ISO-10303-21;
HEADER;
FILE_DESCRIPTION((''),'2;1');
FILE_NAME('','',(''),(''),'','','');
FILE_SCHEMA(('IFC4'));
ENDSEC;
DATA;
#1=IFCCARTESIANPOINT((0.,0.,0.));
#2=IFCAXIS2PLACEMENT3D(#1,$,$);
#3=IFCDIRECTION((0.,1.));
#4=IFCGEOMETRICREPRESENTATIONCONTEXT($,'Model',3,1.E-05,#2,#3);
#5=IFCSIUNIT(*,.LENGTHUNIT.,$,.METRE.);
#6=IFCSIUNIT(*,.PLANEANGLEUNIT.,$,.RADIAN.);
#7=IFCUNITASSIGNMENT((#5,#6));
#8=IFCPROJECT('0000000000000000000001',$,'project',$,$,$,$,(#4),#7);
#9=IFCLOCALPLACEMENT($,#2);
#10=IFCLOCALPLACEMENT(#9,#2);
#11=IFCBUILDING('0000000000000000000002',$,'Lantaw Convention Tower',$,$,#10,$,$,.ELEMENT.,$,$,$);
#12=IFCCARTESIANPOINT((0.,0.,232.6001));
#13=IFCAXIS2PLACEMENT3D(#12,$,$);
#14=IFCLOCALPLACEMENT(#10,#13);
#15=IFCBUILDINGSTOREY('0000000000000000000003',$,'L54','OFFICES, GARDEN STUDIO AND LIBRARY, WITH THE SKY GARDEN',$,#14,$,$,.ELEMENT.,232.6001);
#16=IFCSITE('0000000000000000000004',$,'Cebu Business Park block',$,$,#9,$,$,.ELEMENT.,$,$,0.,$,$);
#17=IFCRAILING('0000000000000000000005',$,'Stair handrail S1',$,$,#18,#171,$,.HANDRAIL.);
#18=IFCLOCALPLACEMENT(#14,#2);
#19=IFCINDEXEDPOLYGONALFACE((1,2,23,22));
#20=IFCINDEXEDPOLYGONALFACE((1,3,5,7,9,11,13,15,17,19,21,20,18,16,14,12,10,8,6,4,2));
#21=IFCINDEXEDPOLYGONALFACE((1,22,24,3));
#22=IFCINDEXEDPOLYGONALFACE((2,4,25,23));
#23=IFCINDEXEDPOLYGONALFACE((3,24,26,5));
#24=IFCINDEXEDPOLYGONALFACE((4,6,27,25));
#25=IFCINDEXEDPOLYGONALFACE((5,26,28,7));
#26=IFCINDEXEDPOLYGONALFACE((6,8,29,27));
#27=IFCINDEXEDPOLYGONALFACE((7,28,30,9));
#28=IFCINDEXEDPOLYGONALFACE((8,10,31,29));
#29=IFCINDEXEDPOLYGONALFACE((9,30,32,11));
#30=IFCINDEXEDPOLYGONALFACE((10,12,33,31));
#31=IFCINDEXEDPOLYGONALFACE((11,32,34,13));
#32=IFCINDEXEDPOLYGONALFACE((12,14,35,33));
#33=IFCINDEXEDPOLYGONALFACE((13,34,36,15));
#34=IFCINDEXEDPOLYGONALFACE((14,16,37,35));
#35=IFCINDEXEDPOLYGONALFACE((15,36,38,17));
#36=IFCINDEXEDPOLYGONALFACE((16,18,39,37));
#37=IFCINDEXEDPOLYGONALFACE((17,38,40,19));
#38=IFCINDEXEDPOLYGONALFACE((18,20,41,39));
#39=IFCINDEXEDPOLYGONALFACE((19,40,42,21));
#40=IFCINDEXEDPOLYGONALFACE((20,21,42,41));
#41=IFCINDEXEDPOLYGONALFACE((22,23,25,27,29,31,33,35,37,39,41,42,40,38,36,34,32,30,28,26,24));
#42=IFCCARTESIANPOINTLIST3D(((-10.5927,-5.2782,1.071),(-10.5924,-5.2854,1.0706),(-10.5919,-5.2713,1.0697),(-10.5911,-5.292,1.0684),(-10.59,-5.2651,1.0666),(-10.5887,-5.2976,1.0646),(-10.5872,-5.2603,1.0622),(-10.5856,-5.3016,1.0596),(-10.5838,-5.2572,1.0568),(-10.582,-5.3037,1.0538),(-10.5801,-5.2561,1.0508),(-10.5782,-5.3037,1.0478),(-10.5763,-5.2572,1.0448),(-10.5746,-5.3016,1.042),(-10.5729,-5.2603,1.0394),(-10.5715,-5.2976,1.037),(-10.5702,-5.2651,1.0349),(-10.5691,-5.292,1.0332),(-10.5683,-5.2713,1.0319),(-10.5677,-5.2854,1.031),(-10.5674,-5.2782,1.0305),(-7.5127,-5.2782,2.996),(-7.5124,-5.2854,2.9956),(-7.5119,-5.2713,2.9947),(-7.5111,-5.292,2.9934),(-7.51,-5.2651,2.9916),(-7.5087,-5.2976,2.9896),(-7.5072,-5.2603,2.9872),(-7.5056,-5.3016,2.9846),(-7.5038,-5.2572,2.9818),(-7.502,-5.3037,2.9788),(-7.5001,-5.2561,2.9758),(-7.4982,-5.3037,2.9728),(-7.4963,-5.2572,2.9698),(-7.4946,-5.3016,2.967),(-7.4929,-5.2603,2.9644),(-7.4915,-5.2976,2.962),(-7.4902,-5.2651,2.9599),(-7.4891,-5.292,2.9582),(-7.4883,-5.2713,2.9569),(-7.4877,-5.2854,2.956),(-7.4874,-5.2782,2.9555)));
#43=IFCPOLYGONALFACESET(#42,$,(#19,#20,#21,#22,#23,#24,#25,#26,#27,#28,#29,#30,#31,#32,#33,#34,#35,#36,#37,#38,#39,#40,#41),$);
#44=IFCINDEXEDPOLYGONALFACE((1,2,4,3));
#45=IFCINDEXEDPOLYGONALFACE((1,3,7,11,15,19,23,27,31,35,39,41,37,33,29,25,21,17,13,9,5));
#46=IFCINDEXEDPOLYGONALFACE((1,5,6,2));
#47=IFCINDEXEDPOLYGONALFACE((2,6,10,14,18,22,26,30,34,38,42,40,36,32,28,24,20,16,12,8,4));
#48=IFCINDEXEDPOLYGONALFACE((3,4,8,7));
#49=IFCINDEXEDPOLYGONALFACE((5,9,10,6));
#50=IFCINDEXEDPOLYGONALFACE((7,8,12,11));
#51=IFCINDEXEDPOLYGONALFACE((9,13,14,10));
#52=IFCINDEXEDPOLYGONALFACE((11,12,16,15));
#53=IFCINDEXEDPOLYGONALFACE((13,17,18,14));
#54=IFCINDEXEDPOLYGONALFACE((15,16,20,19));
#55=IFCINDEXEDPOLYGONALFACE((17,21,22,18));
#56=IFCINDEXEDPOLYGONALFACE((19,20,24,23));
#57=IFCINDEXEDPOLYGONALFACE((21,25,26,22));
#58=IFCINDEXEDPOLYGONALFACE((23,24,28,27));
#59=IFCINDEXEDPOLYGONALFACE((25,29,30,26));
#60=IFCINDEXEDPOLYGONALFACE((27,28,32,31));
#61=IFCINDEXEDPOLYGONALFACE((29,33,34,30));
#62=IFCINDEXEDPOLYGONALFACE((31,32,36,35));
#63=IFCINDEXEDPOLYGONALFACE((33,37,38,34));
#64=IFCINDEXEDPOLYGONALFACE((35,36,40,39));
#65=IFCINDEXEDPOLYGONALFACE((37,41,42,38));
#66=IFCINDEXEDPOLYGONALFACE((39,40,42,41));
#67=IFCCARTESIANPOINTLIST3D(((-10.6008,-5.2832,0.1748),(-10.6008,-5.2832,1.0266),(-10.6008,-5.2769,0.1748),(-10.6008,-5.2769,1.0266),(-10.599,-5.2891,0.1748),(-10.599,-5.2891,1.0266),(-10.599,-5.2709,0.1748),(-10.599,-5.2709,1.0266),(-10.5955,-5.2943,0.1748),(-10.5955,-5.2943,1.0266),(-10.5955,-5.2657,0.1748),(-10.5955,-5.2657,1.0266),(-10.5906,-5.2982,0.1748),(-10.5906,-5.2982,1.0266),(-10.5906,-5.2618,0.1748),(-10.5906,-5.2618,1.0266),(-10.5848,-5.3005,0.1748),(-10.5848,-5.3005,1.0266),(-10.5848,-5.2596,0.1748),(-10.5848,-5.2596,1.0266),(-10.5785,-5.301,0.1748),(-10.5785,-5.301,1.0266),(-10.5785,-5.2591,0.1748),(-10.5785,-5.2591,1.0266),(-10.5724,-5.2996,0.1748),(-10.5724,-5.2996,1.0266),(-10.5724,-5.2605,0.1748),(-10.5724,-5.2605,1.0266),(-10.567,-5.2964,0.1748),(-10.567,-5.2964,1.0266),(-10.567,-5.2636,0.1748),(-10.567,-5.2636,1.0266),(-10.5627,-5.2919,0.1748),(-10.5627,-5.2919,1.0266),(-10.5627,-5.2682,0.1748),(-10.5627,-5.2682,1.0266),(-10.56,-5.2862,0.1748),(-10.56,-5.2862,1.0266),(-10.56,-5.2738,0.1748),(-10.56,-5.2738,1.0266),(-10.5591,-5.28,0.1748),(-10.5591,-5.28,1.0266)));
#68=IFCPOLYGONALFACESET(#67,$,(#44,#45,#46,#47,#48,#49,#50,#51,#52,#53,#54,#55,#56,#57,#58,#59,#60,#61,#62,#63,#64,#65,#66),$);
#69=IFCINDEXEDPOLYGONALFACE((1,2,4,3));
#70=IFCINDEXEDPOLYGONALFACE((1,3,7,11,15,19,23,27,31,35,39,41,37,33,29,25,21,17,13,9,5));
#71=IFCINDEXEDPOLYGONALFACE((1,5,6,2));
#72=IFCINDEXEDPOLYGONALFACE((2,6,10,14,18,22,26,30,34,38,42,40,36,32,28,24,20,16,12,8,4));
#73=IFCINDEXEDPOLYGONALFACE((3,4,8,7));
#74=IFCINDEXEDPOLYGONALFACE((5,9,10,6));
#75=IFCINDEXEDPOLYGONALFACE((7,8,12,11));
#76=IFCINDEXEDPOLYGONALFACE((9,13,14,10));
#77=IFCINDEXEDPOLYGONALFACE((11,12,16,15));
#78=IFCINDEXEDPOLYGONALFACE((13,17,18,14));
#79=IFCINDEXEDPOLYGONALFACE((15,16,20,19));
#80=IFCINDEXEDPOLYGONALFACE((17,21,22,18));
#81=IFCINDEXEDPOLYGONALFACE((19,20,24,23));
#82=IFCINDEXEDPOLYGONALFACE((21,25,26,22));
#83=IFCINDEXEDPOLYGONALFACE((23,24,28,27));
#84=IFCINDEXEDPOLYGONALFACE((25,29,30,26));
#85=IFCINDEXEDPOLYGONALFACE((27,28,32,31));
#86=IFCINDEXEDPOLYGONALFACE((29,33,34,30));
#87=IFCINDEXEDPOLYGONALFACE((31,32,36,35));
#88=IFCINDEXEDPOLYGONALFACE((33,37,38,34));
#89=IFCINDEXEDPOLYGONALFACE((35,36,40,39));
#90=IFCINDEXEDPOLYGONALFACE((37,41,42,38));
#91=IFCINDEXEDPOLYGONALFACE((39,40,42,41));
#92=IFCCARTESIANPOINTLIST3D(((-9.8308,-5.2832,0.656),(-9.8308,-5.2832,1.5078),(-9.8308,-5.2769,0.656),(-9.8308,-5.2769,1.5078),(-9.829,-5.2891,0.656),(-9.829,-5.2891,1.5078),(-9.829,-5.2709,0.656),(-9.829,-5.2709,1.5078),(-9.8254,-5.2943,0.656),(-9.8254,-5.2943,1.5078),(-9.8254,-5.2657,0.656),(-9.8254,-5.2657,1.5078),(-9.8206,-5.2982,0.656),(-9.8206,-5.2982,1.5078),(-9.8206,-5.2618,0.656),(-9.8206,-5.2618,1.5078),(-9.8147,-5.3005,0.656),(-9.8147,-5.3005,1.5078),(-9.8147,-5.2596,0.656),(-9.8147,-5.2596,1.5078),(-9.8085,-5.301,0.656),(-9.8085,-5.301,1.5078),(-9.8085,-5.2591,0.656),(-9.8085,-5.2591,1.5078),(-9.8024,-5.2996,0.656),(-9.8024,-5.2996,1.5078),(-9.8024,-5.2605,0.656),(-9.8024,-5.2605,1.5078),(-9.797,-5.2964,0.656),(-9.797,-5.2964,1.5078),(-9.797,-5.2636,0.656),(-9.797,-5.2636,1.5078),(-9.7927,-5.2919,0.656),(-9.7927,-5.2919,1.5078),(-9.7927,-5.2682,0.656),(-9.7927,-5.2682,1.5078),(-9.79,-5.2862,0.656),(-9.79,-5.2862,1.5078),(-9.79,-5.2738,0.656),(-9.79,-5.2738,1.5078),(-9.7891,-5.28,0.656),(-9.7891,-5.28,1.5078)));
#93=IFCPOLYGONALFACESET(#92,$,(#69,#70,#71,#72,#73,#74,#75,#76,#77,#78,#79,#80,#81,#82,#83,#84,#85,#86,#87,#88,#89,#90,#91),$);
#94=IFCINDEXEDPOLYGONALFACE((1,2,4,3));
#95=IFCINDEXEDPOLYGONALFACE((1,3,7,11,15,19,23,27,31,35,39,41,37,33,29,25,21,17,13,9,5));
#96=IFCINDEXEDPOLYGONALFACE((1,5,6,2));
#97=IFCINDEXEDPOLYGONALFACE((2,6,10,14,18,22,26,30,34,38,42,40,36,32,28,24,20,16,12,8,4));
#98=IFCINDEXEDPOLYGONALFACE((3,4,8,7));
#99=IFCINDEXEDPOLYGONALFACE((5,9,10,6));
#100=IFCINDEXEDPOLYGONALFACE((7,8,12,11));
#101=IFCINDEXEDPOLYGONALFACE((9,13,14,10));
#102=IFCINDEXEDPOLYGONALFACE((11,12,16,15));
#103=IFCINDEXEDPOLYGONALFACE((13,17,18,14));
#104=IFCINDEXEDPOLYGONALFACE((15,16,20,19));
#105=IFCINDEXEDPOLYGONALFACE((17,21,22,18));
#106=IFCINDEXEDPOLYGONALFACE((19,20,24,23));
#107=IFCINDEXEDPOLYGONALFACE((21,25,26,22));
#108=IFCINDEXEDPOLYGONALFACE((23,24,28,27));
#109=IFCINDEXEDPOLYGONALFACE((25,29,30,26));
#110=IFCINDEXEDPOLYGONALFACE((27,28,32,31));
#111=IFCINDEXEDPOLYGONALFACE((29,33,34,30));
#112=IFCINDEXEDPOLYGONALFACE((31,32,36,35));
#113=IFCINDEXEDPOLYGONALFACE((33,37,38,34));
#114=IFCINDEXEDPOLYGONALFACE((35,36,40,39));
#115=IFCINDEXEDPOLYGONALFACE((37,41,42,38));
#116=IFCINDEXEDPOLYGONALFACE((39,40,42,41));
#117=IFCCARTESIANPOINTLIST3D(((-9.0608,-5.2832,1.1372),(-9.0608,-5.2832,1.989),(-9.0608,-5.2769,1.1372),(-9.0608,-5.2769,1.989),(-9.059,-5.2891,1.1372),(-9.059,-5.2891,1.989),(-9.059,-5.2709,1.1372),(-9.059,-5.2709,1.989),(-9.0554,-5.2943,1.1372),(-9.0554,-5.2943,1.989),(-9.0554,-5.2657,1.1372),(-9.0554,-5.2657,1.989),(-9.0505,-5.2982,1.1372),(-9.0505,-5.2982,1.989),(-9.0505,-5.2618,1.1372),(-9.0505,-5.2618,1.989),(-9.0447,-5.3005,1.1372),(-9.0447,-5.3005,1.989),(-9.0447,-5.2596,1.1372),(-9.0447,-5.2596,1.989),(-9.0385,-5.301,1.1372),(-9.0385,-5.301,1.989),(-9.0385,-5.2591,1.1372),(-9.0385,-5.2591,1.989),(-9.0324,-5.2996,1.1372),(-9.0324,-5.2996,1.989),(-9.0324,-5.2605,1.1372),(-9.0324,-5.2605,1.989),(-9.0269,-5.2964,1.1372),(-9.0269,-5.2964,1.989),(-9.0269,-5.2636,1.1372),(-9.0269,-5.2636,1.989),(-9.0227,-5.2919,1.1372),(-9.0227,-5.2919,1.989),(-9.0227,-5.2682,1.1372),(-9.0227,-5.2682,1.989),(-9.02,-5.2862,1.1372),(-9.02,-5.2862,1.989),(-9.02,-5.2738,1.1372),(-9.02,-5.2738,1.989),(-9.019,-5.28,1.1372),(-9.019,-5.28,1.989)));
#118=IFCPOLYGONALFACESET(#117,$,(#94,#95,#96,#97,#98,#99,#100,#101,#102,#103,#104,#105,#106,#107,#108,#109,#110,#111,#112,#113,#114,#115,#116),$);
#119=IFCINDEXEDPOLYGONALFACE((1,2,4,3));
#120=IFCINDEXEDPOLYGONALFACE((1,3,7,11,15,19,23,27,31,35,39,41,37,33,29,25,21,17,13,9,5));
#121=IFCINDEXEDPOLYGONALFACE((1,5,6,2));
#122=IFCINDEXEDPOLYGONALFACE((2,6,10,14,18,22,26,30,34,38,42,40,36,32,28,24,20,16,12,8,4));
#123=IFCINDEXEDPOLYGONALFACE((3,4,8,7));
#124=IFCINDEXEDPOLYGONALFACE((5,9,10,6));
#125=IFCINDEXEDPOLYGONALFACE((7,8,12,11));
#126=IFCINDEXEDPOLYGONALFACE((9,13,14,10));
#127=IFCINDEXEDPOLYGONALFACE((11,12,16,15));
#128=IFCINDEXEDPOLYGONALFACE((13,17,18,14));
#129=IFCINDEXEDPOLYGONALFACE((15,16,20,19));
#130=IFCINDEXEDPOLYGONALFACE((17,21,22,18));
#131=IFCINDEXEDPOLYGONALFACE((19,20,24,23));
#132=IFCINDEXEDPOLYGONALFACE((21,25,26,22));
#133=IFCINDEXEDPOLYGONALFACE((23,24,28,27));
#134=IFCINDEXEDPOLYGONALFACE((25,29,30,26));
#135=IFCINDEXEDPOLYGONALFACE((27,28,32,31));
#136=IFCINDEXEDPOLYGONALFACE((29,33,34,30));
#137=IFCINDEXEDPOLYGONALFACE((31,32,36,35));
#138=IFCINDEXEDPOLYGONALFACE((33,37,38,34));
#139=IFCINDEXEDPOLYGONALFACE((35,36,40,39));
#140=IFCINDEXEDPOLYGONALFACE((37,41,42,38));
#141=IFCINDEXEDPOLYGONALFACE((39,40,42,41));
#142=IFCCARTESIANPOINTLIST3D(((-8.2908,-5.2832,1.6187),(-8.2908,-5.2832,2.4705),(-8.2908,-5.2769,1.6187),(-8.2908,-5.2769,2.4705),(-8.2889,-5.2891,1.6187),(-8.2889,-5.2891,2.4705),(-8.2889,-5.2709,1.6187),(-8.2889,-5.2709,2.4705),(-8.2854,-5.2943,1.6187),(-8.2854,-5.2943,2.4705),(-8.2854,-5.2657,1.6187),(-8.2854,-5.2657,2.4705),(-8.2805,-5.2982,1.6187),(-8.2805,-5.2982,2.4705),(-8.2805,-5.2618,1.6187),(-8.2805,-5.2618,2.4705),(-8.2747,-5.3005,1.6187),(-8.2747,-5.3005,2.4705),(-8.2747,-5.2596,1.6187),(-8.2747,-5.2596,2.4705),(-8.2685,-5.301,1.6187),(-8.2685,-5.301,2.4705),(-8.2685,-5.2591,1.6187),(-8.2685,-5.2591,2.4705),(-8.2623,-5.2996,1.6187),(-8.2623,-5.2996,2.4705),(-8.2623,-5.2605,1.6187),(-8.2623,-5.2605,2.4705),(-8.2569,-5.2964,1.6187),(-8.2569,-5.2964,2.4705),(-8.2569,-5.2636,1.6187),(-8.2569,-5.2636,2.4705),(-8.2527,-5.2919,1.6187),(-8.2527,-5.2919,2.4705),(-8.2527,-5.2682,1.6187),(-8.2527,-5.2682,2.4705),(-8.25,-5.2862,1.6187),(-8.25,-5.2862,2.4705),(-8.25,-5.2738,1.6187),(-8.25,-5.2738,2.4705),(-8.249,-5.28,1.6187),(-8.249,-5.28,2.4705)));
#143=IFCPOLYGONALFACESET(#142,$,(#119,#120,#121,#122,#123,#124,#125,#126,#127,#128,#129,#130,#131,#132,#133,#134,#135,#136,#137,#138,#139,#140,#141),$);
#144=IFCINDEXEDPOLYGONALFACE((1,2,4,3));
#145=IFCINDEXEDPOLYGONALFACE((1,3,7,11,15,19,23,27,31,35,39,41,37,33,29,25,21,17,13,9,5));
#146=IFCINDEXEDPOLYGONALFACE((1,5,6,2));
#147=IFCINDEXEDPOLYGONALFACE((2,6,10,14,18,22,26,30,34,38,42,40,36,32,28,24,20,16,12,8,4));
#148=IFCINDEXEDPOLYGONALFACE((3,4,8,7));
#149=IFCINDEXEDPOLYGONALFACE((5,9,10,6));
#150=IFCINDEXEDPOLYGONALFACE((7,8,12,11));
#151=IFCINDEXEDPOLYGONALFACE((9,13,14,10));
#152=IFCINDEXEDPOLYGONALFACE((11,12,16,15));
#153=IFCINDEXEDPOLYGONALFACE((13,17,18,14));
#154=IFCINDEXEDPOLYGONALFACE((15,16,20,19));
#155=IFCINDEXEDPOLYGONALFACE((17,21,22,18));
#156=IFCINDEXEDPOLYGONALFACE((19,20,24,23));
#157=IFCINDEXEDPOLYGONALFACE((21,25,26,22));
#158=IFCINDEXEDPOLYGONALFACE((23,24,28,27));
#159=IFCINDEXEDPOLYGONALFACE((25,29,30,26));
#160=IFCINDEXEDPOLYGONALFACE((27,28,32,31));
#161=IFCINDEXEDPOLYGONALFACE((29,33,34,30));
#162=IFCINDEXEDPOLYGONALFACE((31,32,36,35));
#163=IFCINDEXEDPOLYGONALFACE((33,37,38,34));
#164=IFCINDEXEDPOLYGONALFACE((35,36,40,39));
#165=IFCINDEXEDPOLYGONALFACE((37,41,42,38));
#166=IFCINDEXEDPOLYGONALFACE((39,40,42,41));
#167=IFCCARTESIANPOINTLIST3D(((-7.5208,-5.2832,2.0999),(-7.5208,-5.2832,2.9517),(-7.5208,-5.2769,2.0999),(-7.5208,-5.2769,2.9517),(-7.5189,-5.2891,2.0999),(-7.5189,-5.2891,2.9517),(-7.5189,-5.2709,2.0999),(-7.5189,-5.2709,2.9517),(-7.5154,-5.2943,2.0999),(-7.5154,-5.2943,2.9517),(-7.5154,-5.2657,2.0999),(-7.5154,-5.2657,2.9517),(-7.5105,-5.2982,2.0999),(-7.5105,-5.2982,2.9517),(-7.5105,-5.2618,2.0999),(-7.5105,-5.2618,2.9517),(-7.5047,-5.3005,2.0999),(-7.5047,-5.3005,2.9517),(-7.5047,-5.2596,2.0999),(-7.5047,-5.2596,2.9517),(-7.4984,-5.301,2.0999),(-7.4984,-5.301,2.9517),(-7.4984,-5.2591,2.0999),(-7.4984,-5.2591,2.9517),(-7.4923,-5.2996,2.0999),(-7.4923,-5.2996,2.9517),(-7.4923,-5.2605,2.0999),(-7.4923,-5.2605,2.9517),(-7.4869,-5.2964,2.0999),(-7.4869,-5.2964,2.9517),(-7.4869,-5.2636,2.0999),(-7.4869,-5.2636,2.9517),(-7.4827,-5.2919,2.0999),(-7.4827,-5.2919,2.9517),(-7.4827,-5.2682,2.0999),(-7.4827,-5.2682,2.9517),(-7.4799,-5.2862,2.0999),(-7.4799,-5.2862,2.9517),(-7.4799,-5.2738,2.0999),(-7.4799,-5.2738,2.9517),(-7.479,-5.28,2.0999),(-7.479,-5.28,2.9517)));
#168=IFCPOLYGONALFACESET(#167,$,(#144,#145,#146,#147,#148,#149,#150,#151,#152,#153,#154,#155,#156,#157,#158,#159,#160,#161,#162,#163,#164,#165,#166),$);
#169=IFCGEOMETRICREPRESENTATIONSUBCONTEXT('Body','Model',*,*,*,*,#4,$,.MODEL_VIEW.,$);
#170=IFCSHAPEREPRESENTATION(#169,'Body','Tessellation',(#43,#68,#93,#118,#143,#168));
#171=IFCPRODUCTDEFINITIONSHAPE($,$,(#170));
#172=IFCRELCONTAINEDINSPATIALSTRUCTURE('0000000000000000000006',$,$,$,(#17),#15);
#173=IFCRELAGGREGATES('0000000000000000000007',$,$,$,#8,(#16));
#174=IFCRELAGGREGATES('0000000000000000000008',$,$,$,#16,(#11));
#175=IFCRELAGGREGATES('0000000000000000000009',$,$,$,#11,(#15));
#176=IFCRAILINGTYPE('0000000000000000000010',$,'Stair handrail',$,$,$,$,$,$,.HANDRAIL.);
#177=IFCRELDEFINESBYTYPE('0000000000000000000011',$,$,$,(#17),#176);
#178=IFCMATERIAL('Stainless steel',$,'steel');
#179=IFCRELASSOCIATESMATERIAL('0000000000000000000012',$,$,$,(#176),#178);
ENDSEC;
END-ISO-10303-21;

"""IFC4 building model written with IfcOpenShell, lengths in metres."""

from ifc_helpers import new_model, si_unit, direction, frame, origin, origin_2d, place, context, subcontext, project, spatial, circle, extrude, material, type_object, element, save


model = new_model("IFC4")

# Units and contexts
model_context = context("Model", 3, precision=1e-05, world=origin(), true_north=direction((0.0, 1.0)))
body_context = subcontext(model_context, "Body", "Model", "MODEL_VIEW")
ifc_project = project(units=[si_unit("LENGTHUNIT", "METRE"), si_unit("PLANEANGLEUNIT", "RADIAN")], contexts=[model_context])

# Site, building, storey
site_placement = place(None, origin())
site = spatial("IfcSite", under=ifc_project, at=site_placement, Name="Cebu Business Park block", CompositionType="ELEMENT", RefElevation=0.0)
building_placement = place(site_placement, origin())
building = spatial("IfcBuilding", under=site, at=building_placement, Name="Lantaw Convention Tower", CompositionType="ELEMENT")
storey_placement = place(building_placement, frame((0.0, 0.0, 232.6001)))
storey = spatial("IfcBuildingStorey", under=building, at=storey_placement, Name="L54", Description="OFFICES, GARDEN STUDIO AND LIBRARY, WITH THE SKY GARDEN", CompositionType="ELEMENT", Elevation=232.6001)

# Shared definitions
ifc_material_1 = material(Name="Stainless steel", Category="steel")

# Railing
railing_type = type_object("IfcRailingType", Name="Stair handrail", PredefinedType="HANDRAIL", material=ifc_material_1)
railing_1_placement = place(storey_placement, frame((-10.5801, -5.28, 0.1748)))
element("IfcRailing", 1, at=railing_1_placement, inside=storey, type_object=railing_type, Name="Stair handrail S1", PredefinedType="HANDRAIL", context=body_context, shape_type="SweptSolid", body=[
    extrude(circle(Radius=0.0239, at=origin_2d()), frame((0.0, 0.0, 0.876), z_axis=(0.847998, 0.0, 0.529999), x_axis=(0.0, 1.0, 0.0)), (0.0, 0.0, 1.0), 3.6321),
    extrude(circle(Radius=0.021, at=origin_2d()), origin(), (0.0, 0.0, 1.0), 0.8518),
    extrude(circle(Radius=0.021, at=origin_2d()), frame((0.77, 0.0, 0.4812)), (0.0, 0.0, 1.0), 0.8518),
    extrude(circle(Radius=0.021, at=origin_2d()), frame((1.54, 0.0, 0.9624)), (0.0, 0.0, 1.0), 0.8518),
    extrude(circle(Radius=0.021, at=origin_2d()), frame((2.3101, 0.0, 1.4438)), (0.0, 0.0, 1.0), 0.8518),
    extrude(circle(Radius=0.021, at=origin_2d()), frame((3.0801, 0.0, 1.925)), (0.0, 0.0, 1.0), 0.8518),
])

save(model, "model.ifc")
